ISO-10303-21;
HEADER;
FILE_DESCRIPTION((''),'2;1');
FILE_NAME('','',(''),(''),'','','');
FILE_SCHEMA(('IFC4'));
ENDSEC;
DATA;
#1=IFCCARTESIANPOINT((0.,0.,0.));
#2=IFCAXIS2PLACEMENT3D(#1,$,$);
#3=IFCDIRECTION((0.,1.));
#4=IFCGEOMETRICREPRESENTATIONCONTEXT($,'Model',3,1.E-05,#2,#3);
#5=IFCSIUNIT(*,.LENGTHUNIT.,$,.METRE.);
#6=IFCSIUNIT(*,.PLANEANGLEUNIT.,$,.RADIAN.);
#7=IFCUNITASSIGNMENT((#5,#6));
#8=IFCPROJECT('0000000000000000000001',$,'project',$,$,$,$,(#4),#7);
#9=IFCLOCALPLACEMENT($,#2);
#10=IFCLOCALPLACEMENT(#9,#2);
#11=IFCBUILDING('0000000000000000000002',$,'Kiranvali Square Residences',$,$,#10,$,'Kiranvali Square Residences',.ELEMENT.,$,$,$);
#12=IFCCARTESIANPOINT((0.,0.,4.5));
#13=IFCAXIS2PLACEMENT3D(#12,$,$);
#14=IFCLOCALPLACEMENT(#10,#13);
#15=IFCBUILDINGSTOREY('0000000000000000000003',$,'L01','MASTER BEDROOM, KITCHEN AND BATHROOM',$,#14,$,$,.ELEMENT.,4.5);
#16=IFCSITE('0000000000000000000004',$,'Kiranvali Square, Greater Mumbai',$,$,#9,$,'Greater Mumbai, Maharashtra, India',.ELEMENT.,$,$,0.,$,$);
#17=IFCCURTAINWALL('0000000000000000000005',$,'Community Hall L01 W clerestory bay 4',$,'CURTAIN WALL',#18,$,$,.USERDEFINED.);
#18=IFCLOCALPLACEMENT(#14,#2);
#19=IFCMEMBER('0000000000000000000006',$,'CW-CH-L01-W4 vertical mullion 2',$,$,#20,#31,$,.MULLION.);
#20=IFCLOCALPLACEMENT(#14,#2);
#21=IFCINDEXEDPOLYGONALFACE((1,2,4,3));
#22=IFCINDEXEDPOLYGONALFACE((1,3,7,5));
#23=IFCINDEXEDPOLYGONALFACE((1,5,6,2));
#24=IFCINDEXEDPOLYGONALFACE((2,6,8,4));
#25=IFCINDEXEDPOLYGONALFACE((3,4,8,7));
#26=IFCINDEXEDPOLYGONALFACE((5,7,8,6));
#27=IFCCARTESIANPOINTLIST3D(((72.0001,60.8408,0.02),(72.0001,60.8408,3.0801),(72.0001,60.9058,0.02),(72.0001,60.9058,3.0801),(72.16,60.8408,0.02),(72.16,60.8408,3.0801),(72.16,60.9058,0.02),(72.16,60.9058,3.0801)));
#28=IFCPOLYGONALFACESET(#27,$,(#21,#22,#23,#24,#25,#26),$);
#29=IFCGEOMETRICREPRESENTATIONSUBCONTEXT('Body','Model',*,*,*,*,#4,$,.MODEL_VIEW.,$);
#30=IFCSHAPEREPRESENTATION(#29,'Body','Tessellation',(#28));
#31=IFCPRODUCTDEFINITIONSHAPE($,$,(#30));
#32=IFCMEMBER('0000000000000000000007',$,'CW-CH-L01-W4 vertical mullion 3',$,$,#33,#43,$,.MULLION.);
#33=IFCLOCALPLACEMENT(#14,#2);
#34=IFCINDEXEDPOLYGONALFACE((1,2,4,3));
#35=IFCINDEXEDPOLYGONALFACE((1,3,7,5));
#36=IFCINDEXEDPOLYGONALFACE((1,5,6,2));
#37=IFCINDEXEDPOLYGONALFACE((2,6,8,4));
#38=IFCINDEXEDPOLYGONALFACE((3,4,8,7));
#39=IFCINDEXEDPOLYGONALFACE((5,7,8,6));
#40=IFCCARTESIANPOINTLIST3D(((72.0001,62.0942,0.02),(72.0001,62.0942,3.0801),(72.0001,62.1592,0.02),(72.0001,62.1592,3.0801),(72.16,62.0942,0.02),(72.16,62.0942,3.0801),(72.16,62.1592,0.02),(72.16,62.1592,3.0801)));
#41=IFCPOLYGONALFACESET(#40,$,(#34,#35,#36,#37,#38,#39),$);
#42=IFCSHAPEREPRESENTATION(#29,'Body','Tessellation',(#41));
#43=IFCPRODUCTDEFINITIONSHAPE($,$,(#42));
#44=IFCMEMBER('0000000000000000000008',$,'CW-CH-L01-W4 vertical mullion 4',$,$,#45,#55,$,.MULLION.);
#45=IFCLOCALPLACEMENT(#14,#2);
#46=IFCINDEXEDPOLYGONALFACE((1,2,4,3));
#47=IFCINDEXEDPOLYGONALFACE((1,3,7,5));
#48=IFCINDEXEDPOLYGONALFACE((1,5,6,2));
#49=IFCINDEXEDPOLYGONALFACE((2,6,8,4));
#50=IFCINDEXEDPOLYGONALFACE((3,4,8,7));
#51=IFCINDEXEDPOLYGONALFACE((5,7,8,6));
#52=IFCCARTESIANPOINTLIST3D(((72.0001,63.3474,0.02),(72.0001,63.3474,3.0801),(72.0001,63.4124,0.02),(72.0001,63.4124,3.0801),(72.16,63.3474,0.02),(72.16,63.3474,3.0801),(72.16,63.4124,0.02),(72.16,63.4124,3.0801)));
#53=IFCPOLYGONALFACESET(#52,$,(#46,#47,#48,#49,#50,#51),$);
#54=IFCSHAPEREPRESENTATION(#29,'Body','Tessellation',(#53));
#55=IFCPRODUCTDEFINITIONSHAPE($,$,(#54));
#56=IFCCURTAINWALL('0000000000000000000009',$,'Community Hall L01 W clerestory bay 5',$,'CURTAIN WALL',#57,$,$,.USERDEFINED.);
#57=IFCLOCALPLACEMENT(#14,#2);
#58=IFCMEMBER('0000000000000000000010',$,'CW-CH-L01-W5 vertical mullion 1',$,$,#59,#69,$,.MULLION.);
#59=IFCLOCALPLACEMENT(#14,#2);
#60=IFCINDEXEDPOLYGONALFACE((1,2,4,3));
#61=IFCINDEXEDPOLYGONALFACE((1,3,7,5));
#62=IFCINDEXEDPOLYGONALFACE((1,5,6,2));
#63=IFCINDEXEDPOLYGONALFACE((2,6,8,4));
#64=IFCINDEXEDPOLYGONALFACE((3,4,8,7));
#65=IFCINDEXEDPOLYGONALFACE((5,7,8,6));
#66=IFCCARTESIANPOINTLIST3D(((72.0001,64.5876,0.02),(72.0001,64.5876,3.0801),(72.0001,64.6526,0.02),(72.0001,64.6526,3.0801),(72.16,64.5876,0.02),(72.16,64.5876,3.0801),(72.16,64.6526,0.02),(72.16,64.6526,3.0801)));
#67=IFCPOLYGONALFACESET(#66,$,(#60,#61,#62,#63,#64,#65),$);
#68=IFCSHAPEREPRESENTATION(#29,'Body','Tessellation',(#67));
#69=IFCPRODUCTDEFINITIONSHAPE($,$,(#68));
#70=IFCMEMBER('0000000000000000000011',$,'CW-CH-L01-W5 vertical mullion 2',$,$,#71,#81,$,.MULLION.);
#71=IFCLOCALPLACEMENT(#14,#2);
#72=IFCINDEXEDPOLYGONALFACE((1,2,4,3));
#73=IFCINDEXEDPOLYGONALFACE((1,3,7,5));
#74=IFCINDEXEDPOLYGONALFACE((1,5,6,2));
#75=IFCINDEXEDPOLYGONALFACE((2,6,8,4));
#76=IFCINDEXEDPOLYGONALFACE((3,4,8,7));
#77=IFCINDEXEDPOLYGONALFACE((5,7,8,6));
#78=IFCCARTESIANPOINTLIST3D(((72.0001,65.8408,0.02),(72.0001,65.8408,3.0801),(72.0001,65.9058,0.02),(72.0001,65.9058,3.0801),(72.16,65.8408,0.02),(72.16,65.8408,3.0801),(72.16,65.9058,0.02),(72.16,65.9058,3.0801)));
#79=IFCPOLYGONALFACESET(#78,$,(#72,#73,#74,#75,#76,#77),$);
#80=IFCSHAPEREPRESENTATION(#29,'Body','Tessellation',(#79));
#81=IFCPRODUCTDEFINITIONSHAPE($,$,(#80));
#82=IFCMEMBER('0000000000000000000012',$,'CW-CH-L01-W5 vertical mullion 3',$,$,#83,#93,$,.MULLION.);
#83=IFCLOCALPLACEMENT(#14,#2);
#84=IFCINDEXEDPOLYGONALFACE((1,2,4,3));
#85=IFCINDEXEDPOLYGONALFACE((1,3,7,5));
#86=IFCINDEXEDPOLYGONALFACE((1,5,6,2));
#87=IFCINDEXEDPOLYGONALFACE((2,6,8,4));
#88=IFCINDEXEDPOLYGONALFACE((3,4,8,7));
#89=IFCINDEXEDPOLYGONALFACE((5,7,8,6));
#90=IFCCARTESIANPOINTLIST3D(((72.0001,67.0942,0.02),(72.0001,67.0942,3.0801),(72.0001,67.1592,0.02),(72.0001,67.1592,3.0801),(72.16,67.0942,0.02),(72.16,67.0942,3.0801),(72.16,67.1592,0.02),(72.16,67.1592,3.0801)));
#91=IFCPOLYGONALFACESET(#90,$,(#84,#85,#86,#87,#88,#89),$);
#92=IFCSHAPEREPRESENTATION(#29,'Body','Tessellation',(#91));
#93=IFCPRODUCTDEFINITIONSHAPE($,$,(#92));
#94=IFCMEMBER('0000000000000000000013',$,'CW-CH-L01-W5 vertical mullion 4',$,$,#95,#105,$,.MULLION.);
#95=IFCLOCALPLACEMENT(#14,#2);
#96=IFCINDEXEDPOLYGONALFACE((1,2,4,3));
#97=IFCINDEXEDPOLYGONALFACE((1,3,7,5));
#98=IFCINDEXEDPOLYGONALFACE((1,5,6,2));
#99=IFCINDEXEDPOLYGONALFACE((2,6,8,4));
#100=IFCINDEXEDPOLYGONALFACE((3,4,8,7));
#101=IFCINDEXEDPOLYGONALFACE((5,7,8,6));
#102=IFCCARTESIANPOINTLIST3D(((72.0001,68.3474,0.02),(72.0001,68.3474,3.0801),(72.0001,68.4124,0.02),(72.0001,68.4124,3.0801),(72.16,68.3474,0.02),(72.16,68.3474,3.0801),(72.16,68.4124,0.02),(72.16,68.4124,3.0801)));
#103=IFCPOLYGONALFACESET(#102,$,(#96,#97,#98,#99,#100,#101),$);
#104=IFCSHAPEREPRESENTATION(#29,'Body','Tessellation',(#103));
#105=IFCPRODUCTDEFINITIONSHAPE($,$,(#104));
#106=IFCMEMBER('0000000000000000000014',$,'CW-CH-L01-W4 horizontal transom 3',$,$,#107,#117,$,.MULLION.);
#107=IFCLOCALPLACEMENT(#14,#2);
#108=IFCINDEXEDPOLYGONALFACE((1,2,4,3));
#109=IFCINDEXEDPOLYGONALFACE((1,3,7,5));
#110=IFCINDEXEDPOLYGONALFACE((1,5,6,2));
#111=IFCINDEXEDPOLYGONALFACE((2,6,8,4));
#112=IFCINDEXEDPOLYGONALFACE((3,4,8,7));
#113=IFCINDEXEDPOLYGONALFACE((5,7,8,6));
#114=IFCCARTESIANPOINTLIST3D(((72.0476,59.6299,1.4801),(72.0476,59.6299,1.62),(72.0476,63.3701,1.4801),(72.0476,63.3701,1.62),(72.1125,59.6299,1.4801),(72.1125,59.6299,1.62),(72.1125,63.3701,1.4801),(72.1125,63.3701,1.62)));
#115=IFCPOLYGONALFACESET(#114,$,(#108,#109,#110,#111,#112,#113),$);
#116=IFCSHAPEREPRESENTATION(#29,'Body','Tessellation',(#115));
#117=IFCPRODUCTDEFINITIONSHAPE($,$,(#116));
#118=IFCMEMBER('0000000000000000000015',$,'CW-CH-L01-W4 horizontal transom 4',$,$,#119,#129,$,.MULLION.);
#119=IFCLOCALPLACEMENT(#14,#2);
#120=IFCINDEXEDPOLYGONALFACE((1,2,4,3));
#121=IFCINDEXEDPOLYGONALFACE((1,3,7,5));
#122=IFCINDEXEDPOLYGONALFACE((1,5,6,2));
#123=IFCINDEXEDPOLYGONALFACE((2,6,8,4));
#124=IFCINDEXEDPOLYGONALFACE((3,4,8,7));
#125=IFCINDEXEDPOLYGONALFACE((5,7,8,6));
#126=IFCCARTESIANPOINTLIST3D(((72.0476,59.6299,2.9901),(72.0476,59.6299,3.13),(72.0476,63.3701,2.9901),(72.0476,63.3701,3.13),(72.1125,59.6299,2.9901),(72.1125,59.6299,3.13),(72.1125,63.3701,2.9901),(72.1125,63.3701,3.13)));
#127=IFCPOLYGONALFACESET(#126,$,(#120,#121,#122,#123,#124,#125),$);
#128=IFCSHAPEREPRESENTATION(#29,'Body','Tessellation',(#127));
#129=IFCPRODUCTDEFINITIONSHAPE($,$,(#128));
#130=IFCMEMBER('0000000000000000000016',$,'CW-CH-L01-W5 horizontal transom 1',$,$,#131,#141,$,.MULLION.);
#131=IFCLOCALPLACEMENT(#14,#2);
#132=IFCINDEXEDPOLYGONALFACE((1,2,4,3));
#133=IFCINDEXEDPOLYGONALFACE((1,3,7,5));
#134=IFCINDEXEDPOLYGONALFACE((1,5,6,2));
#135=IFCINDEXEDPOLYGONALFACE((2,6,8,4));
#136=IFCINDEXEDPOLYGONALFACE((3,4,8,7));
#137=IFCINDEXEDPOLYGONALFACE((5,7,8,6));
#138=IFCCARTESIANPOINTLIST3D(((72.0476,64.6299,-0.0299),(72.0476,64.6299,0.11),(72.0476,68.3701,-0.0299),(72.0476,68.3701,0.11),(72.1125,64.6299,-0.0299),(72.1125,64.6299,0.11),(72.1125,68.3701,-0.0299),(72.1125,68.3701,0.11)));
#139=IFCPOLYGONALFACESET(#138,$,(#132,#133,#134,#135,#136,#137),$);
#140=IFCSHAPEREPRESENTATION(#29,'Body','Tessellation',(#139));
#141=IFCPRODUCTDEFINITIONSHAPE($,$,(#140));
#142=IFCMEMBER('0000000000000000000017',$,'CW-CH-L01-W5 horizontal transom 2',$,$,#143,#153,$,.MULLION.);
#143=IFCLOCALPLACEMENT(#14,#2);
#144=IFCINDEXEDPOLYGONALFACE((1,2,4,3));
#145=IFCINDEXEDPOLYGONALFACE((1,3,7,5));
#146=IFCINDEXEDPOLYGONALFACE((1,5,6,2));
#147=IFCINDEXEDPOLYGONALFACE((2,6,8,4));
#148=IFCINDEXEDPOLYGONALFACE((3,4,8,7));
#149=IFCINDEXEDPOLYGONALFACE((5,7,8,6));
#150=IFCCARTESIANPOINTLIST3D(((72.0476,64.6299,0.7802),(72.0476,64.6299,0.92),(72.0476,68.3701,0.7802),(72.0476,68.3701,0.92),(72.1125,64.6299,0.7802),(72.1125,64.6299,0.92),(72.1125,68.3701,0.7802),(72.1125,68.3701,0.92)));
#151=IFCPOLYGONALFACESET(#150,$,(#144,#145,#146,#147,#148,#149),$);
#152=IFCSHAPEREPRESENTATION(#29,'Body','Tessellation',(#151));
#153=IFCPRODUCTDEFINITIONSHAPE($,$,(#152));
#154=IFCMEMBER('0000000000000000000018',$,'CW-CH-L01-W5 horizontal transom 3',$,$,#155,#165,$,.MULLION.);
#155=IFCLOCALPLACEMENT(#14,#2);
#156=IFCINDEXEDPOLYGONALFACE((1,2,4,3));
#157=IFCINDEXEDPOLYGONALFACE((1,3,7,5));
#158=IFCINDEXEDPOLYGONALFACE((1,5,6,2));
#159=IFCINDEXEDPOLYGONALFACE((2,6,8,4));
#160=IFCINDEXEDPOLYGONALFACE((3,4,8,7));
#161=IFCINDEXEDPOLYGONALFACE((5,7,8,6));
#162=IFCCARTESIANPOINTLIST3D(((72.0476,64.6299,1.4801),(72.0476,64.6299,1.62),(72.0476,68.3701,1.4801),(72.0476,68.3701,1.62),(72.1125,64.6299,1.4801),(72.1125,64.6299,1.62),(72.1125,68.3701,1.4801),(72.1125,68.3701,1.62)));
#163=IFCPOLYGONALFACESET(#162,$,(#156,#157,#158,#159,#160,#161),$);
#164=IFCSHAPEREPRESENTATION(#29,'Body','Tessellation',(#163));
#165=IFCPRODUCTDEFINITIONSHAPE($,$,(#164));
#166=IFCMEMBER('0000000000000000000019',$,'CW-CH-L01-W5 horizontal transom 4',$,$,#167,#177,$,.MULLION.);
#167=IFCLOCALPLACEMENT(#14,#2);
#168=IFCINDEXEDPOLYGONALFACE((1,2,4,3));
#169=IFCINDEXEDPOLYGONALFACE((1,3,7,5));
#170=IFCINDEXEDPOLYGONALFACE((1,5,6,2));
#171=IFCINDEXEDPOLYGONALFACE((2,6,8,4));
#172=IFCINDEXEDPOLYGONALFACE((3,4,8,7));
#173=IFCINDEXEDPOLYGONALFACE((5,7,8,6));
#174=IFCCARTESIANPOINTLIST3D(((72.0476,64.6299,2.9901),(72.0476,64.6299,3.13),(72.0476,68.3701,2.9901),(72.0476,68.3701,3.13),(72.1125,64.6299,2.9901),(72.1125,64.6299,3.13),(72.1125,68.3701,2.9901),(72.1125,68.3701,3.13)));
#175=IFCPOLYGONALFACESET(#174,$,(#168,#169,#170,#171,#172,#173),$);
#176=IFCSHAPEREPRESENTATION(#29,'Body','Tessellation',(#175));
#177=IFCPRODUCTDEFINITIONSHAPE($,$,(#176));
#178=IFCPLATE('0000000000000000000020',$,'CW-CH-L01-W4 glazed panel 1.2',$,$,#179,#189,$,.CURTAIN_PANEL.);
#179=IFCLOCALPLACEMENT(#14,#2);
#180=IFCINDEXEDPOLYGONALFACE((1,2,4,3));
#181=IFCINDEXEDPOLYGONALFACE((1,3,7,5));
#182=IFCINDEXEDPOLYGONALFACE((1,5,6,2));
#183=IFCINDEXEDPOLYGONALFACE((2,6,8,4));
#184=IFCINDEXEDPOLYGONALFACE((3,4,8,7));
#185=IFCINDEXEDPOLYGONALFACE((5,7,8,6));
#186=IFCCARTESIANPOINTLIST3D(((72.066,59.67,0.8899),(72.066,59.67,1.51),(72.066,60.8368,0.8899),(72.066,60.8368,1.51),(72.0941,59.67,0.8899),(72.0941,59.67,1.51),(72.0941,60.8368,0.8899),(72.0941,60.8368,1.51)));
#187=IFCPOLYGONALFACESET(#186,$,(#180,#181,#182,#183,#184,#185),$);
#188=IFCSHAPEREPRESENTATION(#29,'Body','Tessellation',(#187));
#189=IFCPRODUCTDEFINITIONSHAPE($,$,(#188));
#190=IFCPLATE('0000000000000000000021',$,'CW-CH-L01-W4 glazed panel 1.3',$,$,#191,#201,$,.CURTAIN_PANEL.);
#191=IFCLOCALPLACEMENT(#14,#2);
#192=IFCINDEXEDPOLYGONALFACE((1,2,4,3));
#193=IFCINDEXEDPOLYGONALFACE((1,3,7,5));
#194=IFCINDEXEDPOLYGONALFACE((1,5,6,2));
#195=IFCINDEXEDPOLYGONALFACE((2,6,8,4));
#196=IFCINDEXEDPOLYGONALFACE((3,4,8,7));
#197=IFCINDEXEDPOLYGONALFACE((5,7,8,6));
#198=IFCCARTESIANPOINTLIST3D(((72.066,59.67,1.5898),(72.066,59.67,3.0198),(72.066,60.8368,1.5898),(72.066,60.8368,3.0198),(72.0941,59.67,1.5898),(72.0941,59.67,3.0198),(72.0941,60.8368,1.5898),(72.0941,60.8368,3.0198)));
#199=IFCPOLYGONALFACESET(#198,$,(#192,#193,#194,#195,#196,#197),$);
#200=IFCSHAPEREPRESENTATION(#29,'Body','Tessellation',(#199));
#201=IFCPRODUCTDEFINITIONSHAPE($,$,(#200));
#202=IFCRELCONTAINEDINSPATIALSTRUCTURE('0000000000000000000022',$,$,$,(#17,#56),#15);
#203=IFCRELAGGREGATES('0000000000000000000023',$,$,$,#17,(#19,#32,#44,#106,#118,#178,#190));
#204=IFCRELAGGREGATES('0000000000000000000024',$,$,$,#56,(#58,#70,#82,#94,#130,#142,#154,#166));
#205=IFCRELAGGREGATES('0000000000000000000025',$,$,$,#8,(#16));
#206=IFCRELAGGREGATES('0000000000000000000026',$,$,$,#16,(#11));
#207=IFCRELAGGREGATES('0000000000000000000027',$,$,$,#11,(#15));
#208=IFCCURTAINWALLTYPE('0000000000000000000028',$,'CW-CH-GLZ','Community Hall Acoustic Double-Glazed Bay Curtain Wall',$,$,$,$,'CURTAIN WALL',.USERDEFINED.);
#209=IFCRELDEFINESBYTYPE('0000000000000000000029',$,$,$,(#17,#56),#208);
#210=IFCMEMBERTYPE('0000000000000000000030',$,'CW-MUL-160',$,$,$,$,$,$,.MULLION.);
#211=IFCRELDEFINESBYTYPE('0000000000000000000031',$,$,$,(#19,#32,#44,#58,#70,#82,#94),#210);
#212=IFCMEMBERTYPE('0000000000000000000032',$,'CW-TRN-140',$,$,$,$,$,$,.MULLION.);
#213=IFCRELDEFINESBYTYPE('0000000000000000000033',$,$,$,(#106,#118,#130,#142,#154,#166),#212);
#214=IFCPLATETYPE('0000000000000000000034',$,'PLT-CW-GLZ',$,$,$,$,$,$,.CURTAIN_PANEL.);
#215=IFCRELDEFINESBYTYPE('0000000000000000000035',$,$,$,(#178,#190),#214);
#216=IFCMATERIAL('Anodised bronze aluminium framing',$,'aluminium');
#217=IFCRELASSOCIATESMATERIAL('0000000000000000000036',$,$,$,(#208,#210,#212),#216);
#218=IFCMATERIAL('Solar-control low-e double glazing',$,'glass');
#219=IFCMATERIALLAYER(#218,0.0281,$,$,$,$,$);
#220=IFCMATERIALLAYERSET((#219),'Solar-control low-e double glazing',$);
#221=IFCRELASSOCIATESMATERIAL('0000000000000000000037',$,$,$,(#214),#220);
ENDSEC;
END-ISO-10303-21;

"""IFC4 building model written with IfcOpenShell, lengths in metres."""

from ifc_helpers import new_model, si_unit, direction, frame, origin, origin_2d, place, context, subcontext, project, spatial, rectangle, extrude, material, layer, layer_set, material_profile, profile_set, type_object, element, aggregate, save


model = new_model("IFC4")

# Units and contexts
model_context = context("Model", 3, precision=1e-05, world=origin(), true_north=direction((0.0, 1.0)))
body_context = subcontext(model_context, "Body", "Model", "MODEL_VIEW")
ifc_project = project(units=[si_unit("LENGTHUNIT", "METRE"), si_unit("PLANEANGLEUNIT", "RADIAN")], contexts=[model_context])

# Site, building, storey
site_placement = place(None, origin())
site = spatial("IfcSite", under=ifc_project, at=site_placement, Name="Kiranvali Square, Greater Mumbai", LongName="Greater Mumbai, Maharashtra, India", CompositionType="ELEMENT", RefElevation=0.0)
building_placement = place(site_placement, origin())
building = spatial("IfcBuilding", under=site, at=building_placement, Name="Kiranvali Square Residences", LongName="Kiranvali Square Residences", CompositionType="ELEMENT")
storey_placement = place(building_placement, frame((0.0, 0.0, 4.5)))
storey = spatial("IfcBuildingStorey", under=building, at=storey_placement, Name="L01", Description="MASTER BEDROOM, KITCHEN AND BATHROOM", CompositionType="ELEMENT", Elevation=4.5)

# Curtain walls, members
ifc_material_1 = material(Name="Anodised bronze aluminium framing", Category="aluminium")
curtain_wall_type = type_object("IfcCurtainWallType", Name="CW-CH-GLZ", Description="Community Hall Acoustic Double-Glazed Bay Curtain Wall", ElementType="CURTAIN WALL", PredefinedType="USERDEFINED", material=ifc_material_1)
curtain_wall_1_placement = place(storey_placement, origin())
curtain_wall_1 = element("IfcCurtainWall", 1, at=curtain_wall_1_placement, inside=storey, type_object=curtain_wall_type, Name="Community Hall L01 W clerestory bay 4", ObjectType="CURTAIN WALL", PredefinedType="USERDEFINED")
ifc_material_profile_1 = material_profile(ifc_material_1, rectangle(XDim=0.0649, YDim=0.1599, at=origin_2d()), Name="ALU 65x160")
ifc_profile_set_1 = profile_set([ifc_material_profile_1], Name="Anodised bronze aluminium framing")
member_type_1 = type_object("IfcMemberType", Name="CW-MUL-160", PredefinedType="MULLION", material=ifc_profile_set_1)
member_1_placement = place(storey_placement, frame((72.0801, 60.8733, 0.02), z_axis=(0.0, 0.0, 1.0), x_axis=(0.0, 1.0, 0.0)))
member_1 = element("IfcMember", 2, at=member_1_placement, type_object=member_type_1, Name="CW-CH-L01-W4 vertical mullion 2", PredefinedType="MULLION", context=body_context, shape_type="SweptSolid", body=[
    extrude(rectangle(XDim=0.0649, YDim=0.1599, at=origin_2d()), origin(), (0.0, 0.0, 1.0), 3.0601),
])
member_2_placement = place(storey_placement, frame((72.0801, 62.1267, 0.02), z_axis=(0.0, 0.0, 1.0), x_axis=(0.0, 1.0, 0.0)))
member_2 = element("IfcMember", 3, at=member_2_placement, type_object=member_type_1, Name="CW-CH-L01-W4 vertical mullion 3", PredefinedType="MULLION", context=body_context, shape_type="SweptSolid", body=[
    extrude(rectangle(XDim=0.0649, YDim=0.1599, at=origin_2d()), origin(), (0.0, 0.0, 1.0), 3.0601),
])
member_3_placement = place(storey_placement, frame((72.0801, 63.3799, 0.02), z_axis=(0.0, 0.0, 1.0), x_axis=(0.0, 1.0, 0.0)))
member_3 = element("IfcMember", 4, at=member_3_placement, type_object=member_type_1, Name="CW-CH-L01-W4 vertical mullion 4", PredefinedType="MULLION", context=body_context, shape_type="SweptSolid", body=[
    extrude(rectangle(XDim=0.0649, YDim=0.1599, at=origin_2d()), origin(), (0.0, 0.0, 1.0), 3.0601),
])
curtain_wall_2_placement = place(storey_placement, origin())
curtain_wall_2 = element("IfcCurtainWall", 5, at=curtain_wall_2_placement, inside=storey, type_object=curtain_wall_type, Name="Community Hall L01 W clerestory bay 5", ObjectType="CURTAIN WALL", PredefinedType="USERDEFINED")
member_4_placement = place(storey_placement, frame((72.0801, 64.6201, 0.02), z_axis=(0.0, 0.0, 1.0), x_axis=(0.0, 1.0, 0.0)))
member_4 = element("IfcMember", 6, at=member_4_placement, type_object=member_type_1, Name="CW-CH-L01-W5 vertical mullion 1", PredefinedType="MULLION", context=body_context, shape_type="SweptSolid", body=[
    extrude(rectangle(XDim=0.0649, YDim=0.1599, at=origin_2d()), origin(), (0.0, 0.0, 1.0), 3.0601),
])
member_5_placement = place(storey_placement, frame((72.0801, 65.8733, 0.02), z_axis=(0.0, 0.0, 1.0), x_axis=(0.0, 1.0, 0.0)))
member_5 = element("IfcMember", 7, at=member_5_placement, type_object=member_type_1, Name="CW-CH-L01-W5 vertical mullion 2", PredefinedType="MULLION", context=body_context, shape_type="SweptSolid", body=[
    extrude(rectangle(XDim=0.0649, YDim=0.1599, at=origin_2d()), origin(), (0.0, 0.0, 1.0), 3.0601),
])
member_6_placement = place(storey_placement, frame((72.0801, 67.1267, 0.02), z_axis=(0.0, 0.0, 1.0), x_axis=(0.0, 1.0, 0.0)))
member_6 = element("IfcMember", 8, at=member_6_placement, type_object=member_type_1, Name="CW-CH-L01-W5 vertical mullion 3", PredefinedType="MULLION", context=body_context, shape_type="SweptSolid", body=[
    extrude(rectangle(XDim=0.0649, YDim=0.1599, at=origin_2d()), origin(), (0.0, 0.0, 1.0), 3.0601),
])
member_7_placement = place(storey_placement, frame((72.0801, 68.3799, 0.02), z_axis=(0.0, 0.0, 1.0), x_axis=(0.0, 1.0, 0.0)))
member_7 = element("IfcMember", 9, at=member_7_placement, type_object=member_type_1, Name="CW-CH-L01-W5 vertical mullion 4", PredefinedType="MULLION", context=body_context, shape_type="SweptSolid", body=[
    extrude(rectangle(XDim=0.0649, YDim=0.1599, at=origin_2d()), origin(), (0.0, 0.0, 1.0), 3.0601),
])

# Members
ifc_material_profile_2 = material_profile(ifc_material_1, rectangle(XDim=0.0649, YDim=0.1399, at=origin_2d()), Name="ALU 65x140")
ifc_profile_set_2 = profile_set([ifc_material_profile_2], Name="Anodised bronze aluminium framing")
member_type_2 = type_object("IfcMemberType", Name="CW-TRN-140", PredefinedType="MULLION", material=ifc_profile_set_2)
member_8_placement = place(storey_placement, frame((72.0801, 59.6299, 1.55), z_axis=(0.0, 1.0, 0.0), x_axis=(-1.0, 0.0, 0.0)))
member_8 = element("IfcMember", 10, at=member_8_placement, type_object=member_type_2, Name="CW-CH-L01-W4 horizontal transom 3", PredefinedType="MULLION", context=body_context, shape_type="SweptSolid", body=[
    extrude(rectangle(XDim=0.0649, YDim=0.1399, at=origin_2d()), origin(), (0.0, 0.0, 1.0), 3.7402),
])
member_9_placement = place(storey_placement, frame((72.0801, 59.6299, 3.0601), z_axis=(0.0, 1.0, 0.0), x_axis=(-1.0, 0.0, 0.0)))
member_9 = element("IfcMember", 11, at=member_9_placement, type_object=member_type_2, Name="CW-CH-L01-W4 horizontal transom 4", PredefinedType="MULLION", context=body_context, shape_type="SweptSolid", body=[
    extrude(rectangle(XDim=0.0649, YDim=0.1399, at=origin_2d()), origin(), (0.0, 0.0, 1.0), 3.7402),
])
member_10_placement = place(storey_placement, frame((72.0801, 64.6299, 0.04), z_axis=(0.0, 1.0, 0.0), x_axis=(-1.0, 0.0, 0.0)))
member_10 = element("IfcMember", 12, at=member_10_placement, type_object=member_type_2, Name="CW-CH-L01-W5 horizontal transom 1", PredefinedType="MULLION", context=body_context, shape_type="SweptSolid", body=[
    extrude(rectangle(XDim=0.0649, YDim=0.1399, at=origin_2d()), origin(), (0.0, 0.0, 1.0), 3.7402),
])
member_11_placement = place(storey_placement, frame((72.0801, 64.6299, 0.8501), z_axis=(0.0, 1.0, 0.0), x_axis=(-1.0, 0.0, 0.0)))
member_11 = element("IfcMember", 13, at=member_11_placement, type_object=member_type_2, Name="CW-CH-L01-W5 horizontal transom 2", PredefinedType="MULLION", context=body_context, shape_type="SweptSolid", body=[
    extrude(rectangle(XDim=0.0649, YDim=0.1399, at=origin_2d()), origin(), (0.0, 0.0, 1.0), 3.7402),
])
member_12_placement = place(storey_placement, frame((72.0801, 64.6299, 1.55), z_axis=(0.0, 1.0, 0.0), x_axis=(-1.0, 0.0, 0.0)))
member_12 = element("IfcMember", 14, at=member_12_placement, type_object=member_type_2, Name="CW-CH-L01-W5 horizontal transom 3", PredefinedType="MULLION", context=body_context, shape_type="SweptSolid", body=[
    extrude(rectangle(XDim=0.0649, YDim=0.1399, at=origin_2d()), origin(), (0.0, 0.0, 1.0), 3.7402),
])
member_13_placement = place(storey_placement, frame((72.0801, 64.6299, 3.0601), z_axis=(0.0, 1.0, 0.0), x_axis=(-1.0, 0.0, 0.0)))
member_13 = element("IfcMember", 15, at=member_13_placement, type_object=member_type_2, Name="CW-CH-L01-W5 horizontal transom 4", PredefinedType="MULLION", context=body_context, shape_type="SweptSolid", body=[
    extrude(rectangle(XDim=0.0649, YDim=0.1399, at=origin_2d()), origin(), (0.0, 0.0, 1.0), 3.7402),
])

# Plates
ifc_material_2 = material(Name="Solar-control low-e double glazing", Category="glass")
ifc_layer_1 = layer(ifc_material_2, 0.0281)
ifc_layer_set_1 = layer_set([ifc_layer_1], Name="Solar-control low-e double glazing")
plate_type_1 = type_object("IfcPlateType", Name="PLT-CW-GLZ", PredefinedType="CURTAIN_PANEL", material=ifc_layer_set_1)
plate_1_placement = place(storey_placement, frame((72.0801, 60.2534, 0.8899), z_axis=(0.0, 0.0, 1.0), x_axis=(0.0, 1.0, 0.0)))
plate_1 = element("IfcPlate", 16, at=plate_1_placement, type_object=plate_type_1, Name="CW-CH-L01-W4 glazed panel 1.2", PredefinedType="CURTAIN_PANEL", context=body_context, shape_type="SweptSolid", body=[
    extrude(rectangle(XDim=1.1667, YDim=0.0281, at=origin_2d()), origin(), (0.0, 0.0, 1.0), 0.6201),
])
plate_2_placement = place(storey_placement, frame((72.0801, 60.2534, 1.5898), z_axis=(0.0, 0.0, 1.0), x_axis=(0.0, 1.0, 0.0)))
plate_2 = element("IfcPlate", 17, at=plate_2_placement, type_object=plate_type_1, Name="CW-CH-L01-W4 glazed panel 1.3", PredefinedType="CURTAIN_PANEL", context=body_context, shape_type="SweptSolid", body=[
    extrude(rectangle(XDim=1.1667, YDim=0.0281, at=origin_2d()), origin(), (0.0, 0.0, 1.0), 1.4299),
])
aggregate(curtain_wall_1, [member_1, member_2, member_3, member_8, member_9, plate_1, plate_2])
aggregate(curtain_wall_2, [member_4, member_5, member_6, member_7, member_10, member_11, member_12, member_13])

save(model, "model.ifc")
